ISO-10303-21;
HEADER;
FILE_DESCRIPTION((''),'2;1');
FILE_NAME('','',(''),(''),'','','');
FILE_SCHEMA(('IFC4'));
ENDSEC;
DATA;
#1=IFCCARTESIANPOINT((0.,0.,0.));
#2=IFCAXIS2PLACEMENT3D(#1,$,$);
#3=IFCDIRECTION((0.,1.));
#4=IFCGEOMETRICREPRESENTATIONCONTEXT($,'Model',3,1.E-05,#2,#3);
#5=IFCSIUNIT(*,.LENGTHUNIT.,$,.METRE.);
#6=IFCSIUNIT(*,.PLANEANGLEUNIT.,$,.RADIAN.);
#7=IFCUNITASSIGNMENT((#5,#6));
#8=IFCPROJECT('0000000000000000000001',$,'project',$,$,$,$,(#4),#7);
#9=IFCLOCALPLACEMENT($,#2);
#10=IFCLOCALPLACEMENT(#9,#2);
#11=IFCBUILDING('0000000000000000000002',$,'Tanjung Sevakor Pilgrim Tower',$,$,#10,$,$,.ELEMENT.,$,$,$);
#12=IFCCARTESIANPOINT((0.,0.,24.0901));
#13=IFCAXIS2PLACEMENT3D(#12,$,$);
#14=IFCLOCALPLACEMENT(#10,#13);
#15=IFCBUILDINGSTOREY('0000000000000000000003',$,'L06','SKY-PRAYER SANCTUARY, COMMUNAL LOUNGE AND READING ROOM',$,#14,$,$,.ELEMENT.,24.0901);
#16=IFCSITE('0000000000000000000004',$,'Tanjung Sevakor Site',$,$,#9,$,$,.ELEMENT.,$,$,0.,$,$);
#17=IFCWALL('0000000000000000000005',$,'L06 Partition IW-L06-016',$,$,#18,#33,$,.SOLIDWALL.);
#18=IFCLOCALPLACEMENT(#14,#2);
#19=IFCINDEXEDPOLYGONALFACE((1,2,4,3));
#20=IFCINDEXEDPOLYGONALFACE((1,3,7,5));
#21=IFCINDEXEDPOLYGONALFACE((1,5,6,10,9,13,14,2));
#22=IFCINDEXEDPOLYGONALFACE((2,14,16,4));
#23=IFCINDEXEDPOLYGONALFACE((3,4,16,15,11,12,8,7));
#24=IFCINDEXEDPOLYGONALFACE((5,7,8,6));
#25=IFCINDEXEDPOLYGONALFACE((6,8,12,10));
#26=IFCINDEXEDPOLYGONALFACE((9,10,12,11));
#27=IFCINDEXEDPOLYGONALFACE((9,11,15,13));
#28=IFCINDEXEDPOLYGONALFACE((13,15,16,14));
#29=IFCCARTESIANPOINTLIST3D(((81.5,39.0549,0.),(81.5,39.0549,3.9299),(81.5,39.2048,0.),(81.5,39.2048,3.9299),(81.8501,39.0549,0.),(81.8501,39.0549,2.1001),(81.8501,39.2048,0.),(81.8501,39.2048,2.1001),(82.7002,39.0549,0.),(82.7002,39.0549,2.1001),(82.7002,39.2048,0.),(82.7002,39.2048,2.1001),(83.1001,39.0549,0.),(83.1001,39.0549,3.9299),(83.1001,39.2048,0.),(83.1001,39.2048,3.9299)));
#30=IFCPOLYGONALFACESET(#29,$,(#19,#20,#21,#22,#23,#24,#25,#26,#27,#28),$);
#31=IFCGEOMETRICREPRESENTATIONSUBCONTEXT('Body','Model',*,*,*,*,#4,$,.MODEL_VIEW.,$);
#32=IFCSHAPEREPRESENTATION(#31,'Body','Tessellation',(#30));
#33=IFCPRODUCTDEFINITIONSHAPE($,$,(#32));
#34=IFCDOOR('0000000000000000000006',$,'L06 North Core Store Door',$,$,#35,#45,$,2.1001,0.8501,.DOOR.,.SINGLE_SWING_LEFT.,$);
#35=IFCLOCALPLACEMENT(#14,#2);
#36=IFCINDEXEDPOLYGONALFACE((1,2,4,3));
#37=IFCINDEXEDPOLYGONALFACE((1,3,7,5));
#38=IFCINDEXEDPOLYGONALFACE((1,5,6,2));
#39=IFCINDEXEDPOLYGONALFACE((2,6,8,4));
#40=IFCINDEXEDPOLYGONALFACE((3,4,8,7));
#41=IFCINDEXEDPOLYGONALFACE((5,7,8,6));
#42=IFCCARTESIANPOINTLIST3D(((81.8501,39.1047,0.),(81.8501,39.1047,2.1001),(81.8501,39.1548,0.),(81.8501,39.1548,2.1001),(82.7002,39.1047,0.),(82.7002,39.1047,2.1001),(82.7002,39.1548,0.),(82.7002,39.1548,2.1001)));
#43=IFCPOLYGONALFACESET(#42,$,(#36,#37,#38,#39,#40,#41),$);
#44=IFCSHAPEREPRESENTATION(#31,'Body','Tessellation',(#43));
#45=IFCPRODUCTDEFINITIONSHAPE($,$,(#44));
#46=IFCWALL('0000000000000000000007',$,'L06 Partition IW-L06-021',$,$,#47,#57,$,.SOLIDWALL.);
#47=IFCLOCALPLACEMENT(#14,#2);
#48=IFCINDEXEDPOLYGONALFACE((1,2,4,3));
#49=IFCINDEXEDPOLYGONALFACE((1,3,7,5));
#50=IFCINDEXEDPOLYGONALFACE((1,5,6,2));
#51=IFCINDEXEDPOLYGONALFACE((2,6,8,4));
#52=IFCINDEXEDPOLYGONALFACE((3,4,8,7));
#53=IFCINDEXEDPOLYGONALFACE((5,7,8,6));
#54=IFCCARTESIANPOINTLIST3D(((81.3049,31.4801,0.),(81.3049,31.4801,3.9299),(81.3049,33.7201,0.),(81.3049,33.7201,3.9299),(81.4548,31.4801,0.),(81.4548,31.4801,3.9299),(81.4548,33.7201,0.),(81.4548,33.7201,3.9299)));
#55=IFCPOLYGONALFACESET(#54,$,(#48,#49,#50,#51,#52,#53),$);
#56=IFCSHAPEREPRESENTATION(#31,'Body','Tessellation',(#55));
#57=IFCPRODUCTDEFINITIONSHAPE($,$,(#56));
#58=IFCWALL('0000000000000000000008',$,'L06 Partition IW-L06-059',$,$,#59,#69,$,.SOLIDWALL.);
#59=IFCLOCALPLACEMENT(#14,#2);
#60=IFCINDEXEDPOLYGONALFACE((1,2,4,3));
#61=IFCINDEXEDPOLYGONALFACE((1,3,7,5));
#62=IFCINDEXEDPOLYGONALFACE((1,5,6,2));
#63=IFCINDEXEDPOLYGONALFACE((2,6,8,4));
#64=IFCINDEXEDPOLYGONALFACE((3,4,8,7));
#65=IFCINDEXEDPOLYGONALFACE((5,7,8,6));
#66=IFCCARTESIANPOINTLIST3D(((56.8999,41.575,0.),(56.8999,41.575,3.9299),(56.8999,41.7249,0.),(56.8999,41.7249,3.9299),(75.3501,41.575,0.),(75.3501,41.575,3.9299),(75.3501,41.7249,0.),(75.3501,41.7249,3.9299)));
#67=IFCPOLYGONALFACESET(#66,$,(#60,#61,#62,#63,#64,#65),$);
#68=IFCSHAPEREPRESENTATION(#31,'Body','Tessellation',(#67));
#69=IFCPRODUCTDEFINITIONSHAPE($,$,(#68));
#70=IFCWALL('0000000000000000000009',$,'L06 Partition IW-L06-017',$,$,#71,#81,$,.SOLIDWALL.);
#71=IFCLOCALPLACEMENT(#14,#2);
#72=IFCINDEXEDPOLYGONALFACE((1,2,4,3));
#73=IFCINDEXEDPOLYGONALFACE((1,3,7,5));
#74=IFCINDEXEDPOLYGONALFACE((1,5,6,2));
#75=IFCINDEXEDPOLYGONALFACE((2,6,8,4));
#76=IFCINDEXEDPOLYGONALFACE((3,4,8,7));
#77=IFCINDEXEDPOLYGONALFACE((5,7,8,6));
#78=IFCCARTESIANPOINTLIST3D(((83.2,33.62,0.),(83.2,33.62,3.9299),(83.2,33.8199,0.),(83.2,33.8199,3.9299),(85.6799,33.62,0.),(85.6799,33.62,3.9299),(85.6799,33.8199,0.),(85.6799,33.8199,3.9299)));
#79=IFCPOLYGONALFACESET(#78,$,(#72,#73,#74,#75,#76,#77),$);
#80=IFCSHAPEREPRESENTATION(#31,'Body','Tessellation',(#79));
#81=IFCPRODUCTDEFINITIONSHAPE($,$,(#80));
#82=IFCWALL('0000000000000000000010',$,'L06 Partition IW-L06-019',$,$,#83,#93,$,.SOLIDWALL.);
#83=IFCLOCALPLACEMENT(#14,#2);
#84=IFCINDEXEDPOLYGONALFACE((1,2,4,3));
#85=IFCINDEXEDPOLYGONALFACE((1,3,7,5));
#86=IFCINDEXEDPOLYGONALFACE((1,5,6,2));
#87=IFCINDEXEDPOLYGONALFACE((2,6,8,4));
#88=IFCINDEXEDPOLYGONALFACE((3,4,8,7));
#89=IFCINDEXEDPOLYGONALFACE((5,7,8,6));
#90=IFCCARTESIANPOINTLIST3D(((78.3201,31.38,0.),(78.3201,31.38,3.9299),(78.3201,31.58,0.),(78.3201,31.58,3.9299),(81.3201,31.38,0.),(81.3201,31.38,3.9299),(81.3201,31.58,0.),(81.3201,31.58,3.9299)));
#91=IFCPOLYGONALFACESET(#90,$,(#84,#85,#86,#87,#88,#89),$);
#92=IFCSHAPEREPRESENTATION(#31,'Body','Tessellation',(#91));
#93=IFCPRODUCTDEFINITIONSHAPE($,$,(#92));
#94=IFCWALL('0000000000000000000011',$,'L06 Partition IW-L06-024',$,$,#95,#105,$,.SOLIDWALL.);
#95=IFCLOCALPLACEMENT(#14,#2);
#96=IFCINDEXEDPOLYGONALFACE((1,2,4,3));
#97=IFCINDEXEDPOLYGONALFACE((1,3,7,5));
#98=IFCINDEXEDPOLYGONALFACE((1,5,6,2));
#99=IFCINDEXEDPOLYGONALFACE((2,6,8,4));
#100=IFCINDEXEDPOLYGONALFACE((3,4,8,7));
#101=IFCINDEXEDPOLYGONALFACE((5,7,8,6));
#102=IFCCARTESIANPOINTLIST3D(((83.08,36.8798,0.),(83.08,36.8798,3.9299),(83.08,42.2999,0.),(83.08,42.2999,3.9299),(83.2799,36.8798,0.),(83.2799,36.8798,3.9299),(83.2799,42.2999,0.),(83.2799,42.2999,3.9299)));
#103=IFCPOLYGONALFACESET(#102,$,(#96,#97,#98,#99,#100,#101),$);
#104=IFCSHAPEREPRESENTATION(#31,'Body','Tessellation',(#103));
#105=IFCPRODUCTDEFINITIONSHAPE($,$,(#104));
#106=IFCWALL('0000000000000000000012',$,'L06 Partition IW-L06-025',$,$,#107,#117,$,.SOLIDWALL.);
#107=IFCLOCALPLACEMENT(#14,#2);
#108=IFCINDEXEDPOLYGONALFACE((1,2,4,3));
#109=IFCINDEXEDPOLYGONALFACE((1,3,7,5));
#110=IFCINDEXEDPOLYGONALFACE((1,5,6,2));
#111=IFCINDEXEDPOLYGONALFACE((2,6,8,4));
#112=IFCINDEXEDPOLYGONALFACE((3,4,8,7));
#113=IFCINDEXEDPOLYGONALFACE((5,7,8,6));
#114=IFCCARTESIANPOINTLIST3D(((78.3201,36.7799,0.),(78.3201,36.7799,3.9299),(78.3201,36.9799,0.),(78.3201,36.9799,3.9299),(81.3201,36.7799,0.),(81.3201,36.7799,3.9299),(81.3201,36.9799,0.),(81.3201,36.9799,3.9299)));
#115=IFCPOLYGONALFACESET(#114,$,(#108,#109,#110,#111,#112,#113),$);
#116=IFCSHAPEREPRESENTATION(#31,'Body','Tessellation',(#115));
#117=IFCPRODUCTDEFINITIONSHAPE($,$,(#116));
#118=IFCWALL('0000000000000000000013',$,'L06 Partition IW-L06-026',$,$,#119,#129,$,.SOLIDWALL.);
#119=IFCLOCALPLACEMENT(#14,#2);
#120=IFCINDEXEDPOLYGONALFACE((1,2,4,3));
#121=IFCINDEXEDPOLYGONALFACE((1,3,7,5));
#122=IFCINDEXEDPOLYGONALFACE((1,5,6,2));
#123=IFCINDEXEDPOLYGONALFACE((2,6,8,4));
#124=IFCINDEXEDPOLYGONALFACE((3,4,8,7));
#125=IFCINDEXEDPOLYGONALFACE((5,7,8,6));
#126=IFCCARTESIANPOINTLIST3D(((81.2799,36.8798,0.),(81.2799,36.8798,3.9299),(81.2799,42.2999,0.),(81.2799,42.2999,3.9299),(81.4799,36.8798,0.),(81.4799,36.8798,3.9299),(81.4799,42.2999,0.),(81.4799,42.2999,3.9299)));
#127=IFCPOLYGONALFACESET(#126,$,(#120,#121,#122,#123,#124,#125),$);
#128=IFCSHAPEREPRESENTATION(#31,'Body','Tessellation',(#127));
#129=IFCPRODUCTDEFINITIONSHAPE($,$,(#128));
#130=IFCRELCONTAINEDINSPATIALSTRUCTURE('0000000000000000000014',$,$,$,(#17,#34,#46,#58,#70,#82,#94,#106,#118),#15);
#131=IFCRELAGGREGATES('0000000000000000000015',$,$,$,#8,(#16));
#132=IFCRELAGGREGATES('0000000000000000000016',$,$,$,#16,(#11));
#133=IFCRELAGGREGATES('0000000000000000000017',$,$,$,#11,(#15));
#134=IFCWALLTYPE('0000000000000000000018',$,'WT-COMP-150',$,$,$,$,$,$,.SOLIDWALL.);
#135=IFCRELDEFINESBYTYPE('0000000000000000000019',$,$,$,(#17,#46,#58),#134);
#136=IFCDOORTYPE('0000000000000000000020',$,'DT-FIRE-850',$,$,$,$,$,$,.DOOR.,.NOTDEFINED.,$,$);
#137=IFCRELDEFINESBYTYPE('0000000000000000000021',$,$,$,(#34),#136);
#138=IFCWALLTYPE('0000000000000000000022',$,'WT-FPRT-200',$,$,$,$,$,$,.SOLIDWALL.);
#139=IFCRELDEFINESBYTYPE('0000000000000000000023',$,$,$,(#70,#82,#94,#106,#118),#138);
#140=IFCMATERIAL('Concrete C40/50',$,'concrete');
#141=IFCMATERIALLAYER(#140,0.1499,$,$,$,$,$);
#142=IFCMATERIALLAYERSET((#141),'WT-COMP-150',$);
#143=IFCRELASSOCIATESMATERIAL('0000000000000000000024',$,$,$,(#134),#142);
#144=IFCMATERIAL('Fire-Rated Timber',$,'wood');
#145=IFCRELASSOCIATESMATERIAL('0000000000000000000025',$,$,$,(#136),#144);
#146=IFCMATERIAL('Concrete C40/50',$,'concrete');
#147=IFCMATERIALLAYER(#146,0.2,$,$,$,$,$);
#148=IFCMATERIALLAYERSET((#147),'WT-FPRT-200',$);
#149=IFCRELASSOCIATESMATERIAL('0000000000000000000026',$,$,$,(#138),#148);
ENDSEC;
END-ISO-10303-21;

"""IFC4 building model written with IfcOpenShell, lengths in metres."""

from ifc_helpers import new_model, si_unit, direction, frame, frame_2d, origin, place, context, subcontext, project, spatial, rectangle, extrude, material, layer, layer_set, type_object, element, fill, save


model = new_model("IFC4")

# Units and contexts
model_context = context("Model", 3, precision=1e-05, world=origin(), true_north=direction((0.0, 1.0)))
body_context = subcontext(model_context, "Body", "Model", "MODEL_VIEW")
ifc_project = project(units=[si_unit("LENGTHUNIT", "METRE"), si_unit("PLANEANGLEUNIT", "RADIAN")], contexts=[model_context])

# Site, building, storey
site_placement = place(None, origin())
site = spatial("IfcSite", under=ifc_project, at=site_placement, Name="Tanjung Sevakor Site", CompositionType="ELEMENT", RefElevation=0.0)
building_placement = place(site_placement, origin())
building = spatial("IfcBuilding", under=site, at=building_placement, Name="Tanjung Sevakor Pilgrim Tower", CompositionType="ELEMENT")
storey_placement = place(building_placement, frame((0.0, 0.0, 24.0901)))
storey = spatial("IfcBuildingStorey", under=building, at=storey_placement, Name="L06", Description="SKY-PRAYER SANCTUARY, COMMUNAL LOUNGE AND READING ROOM", CompositionType="ELEMENT", Elevation=24.0901)

# Wall, opening, door
ifc_material_1 = material(Name="Concrete C40/50", Category="concrete")
ifc_layer_1 = layer(ifc_material_1, 0.1499)
ifc_layer_set_1 = layer_set([ifc_layer_1], Name="WT-COMP-150")
wall_type_1 = type_object("IfcWallType", Name="WT-COMP-150", PredefinedType="SOLIDWALL", material=ifc_layer_set_1)
wall_1_placement = place(storey_placement, frame((81.5, 39.1299, 0.0), z_axis=(0.0, 0.0, 1.0), x_axis=(1.0, 0.0, 0.0)))
wall_1 = element("IfcWall", 1, at=wall_1_placement, inside=storey, type_object=wall_type_1, Name="L06 Partition IW-L06-016", PredefinedType="SOLIDWALL", context=body_context, shape_type="SweptSolid", body=[
    extrude(rectangle(XDim=1.6001, YDim=0.1499, at=frame_2d((0.8, 0.0))), origin(), (0.0, 0.0, 1.0), 3.9299),
])
opening_1_placement = place(wall_1_placement, frame((0.3501, 0.0, 0.0)))
opening_1 = element("IfcOpeningElement", 2, at=opening_1_placement, cuts=wall_1, PredefinedType="OPENING", context=body_context, shape_type="SweptSolid", body=[
    extrude(rectangle(XDim=0.8501, YDim=2.1001, at=frame_2d((0.425, 1.05))), frame((0.0, 0.085, 0.0), z_axis=(0.0, -1.0, 0.0), x_axis=(1.0, 0.0, 0.0)), (0.0, 0.0, 1.0), 0.1699),
])
ifc_material_2 = material(Name="Fire-Rated Timber", Category="wood")
door_type_1 = type_object("IfcDoorType", Name="DT-FIRE-850", OperationType="NOTDEFINED", PredefinedType="DOOR", material=ifc_material_2)
door_1_placement = place(opening_1_placement, origin())
door_1 = element("IfcDoor", 3, at=door_1_placement, inside=storey, type_object=door_type_1, Name="L06 North Core Store Door", OperationType="SINGLE_SWING_LEFT", OverallHeight=2.1001, OverallWidth=0.8501, PredefinedType="DOOR", context=body_context, shape_type="SweptSolid", body=[
    extrude(rectangle(XDim=0.8501, YDim=2.1001, at=frame_2d((0.425, 1.05))), frame((0.0, 0.0249, 0.0), z_axis=(0.0, -1.0, 0.0), x_axis=(1.0, 0.0, 0.0)), (0.0, 0.0, 1.0), 0.05),
])
fill(opening_1, door_1)

# Wall
wall_2_placement = place(storey_placement, frame((81.3799, 31.48, 0.0), z_axis=(0.0, 0.0, 1.0), x_axis=(0.0, 1.0, 0.0)))
element("IfcWall", 4, at=wall_2_placement, inside=storey, type_object=wall_type_1, Name="L06 Partition IW-L06-021", PredefinedType="SOLIDWALL", context=body_context, shape_type="SweptSolid", body=[
    extrude(rectangle(XDim=2.24, YDim=0.1499, at=frame_2d((1.1201, 0.0))), origin(), (0.0, 0.0, 1.0), 3.9299),
])

# Walls
wall_3_placement = place(storey_placement, frame((56.8999, 41.6499, 0.0), z_axis=(0.0, 0.0, 1.0), x_axis=(1.0, 0.0, 0.0)))
element("IfcWall", 5, at=wall_3_placement, inside=storey, type_object=wall_type_1, Name="L06 Partition IW-L06-059", PredefinedType="SOLIDWALL", context=body_context, shape_type="SweptSolid", body=[
    extrude(rectangle(XDim=18.4502, YDim=0.1499, at=frame_2d((9.2251, 0.0))), origin(), (0.0, 0.0, 1.0), 3.9299),
])
ifc_material_3 = material(Name="Concrete C40/50", Category="concrete")
ifc_layer_2 = layer(ifc_material_3, 0.2)
ifc_layer_set_2 = layer_set([ifc_layer_2], Name="WT-FPRT-200")
wall_type_2 = type_object("IfcWallType", Name="WT-FPRT-200", PredefinedType="SOLIDWALL", material=ifc_layer_set_2)
wall_4_placement = place(storey_placement, frame((83.2, 33.72, 0.0), z_axis=(0.0, 0.0, 1.0), x_axis=(1.0, 0.0, 0.0)))
element("IfcWall", 6, at=wall_4_placement, inside=storey, type_object=wall_type_2, Name="L06 Partition IW-L06-017", PredefinedType="SOLIDWALL", context=body_context, shape_type="SweptSolid", body=[
    extrude(rectangle(XDim=2.48, YDim=0.2, at=frame_2d((1.24, 0.0))), origin(), (0.0, 0.0, 1.0), 3.9299),
])
wall_5_placement = place(storey_placement, frame((78.3201, 31.48, 0.0), z_axis=(0.0, 0.0, 1.0), x_axis=(1.0, 0.0, 0.0)))
element("IfcWall", 7, at=wall_5_placement, inside=storey, type_object=wall_type_2, Name="L06 Partition IW-L06-019", PredefinedType="SOLIDWALL", context=body_context, shape_type="SweptSolid", body=[
    extrude(rectangle(XDim=3.0, YDim=0.2, at=frame_2d((1.5, 0.0))), origin(), (0.0, 0.0, 1.0), 3.9299),
])
wall_6_placement = place(storey_placement, frame((83.1799, 36.8799, 0.0), z_axis=(0.0, 0.0, 1.0), x_axis=(0.0, 1.0, 0.0)))
element("IfcWall", 8, at=wall_6_placement, inside=storey, type_object=wall_type_2, Name="L06 Partition IW-L06-024", PredefinedType="SOLIDWALL", context=body_context, shape_type="SweptSolid", body=[
    extrude(rectangle(XDim=5.4202, YDim=0.2, at=frame_2d((2.71, 0.0))), origin(), (0.0, 0.0, 1.0), 3.9299),
])
wall_7_placement = place(storey_placement, frame((78.3201, 36.8799, 0.0), z_axis=(0.0, 0.0, 1.0), x_axis=(1.0, 0.0, 0.0)))
element("IfcWall", 9, at=wall_7_placement, inside=storey, type_object=wall_type_2, Name="L06 Partition IW-L06-025", PredefinedType="SOLIDWALL", context=body_context, shape_type="SweptSolid", body=[
    extrude(rectangle(XDim=3.0, YDim=0.2, at=frame_2d((1.5, 0.0))), origin(), (0.0, 0.0, 1.0), 3.9299),
])
wall_8_placement = place(storey_placement, frame((81.3799, 36.8799, 0.0), z_axis=(0.0, 0.0, 1.0), x_axis=(0.0, 1.0, 0.0)))
element("IfcWall", 10, at=wall_8_placement, inside=storey, type_object=wall_type_2, Name="L06 Partition IW-L06-026", PredefinedType="SOLIDWALL", context=body_context, shape_type="SweptSolid", body=[
    extrude(rectangle(XDim=5.4202, YDim=0.2, at=frame_2d((2.71, 0.0))), origin(), (0.0, 0.0, 1.0), 3.9299),
])

save(model, "model.ifc")
